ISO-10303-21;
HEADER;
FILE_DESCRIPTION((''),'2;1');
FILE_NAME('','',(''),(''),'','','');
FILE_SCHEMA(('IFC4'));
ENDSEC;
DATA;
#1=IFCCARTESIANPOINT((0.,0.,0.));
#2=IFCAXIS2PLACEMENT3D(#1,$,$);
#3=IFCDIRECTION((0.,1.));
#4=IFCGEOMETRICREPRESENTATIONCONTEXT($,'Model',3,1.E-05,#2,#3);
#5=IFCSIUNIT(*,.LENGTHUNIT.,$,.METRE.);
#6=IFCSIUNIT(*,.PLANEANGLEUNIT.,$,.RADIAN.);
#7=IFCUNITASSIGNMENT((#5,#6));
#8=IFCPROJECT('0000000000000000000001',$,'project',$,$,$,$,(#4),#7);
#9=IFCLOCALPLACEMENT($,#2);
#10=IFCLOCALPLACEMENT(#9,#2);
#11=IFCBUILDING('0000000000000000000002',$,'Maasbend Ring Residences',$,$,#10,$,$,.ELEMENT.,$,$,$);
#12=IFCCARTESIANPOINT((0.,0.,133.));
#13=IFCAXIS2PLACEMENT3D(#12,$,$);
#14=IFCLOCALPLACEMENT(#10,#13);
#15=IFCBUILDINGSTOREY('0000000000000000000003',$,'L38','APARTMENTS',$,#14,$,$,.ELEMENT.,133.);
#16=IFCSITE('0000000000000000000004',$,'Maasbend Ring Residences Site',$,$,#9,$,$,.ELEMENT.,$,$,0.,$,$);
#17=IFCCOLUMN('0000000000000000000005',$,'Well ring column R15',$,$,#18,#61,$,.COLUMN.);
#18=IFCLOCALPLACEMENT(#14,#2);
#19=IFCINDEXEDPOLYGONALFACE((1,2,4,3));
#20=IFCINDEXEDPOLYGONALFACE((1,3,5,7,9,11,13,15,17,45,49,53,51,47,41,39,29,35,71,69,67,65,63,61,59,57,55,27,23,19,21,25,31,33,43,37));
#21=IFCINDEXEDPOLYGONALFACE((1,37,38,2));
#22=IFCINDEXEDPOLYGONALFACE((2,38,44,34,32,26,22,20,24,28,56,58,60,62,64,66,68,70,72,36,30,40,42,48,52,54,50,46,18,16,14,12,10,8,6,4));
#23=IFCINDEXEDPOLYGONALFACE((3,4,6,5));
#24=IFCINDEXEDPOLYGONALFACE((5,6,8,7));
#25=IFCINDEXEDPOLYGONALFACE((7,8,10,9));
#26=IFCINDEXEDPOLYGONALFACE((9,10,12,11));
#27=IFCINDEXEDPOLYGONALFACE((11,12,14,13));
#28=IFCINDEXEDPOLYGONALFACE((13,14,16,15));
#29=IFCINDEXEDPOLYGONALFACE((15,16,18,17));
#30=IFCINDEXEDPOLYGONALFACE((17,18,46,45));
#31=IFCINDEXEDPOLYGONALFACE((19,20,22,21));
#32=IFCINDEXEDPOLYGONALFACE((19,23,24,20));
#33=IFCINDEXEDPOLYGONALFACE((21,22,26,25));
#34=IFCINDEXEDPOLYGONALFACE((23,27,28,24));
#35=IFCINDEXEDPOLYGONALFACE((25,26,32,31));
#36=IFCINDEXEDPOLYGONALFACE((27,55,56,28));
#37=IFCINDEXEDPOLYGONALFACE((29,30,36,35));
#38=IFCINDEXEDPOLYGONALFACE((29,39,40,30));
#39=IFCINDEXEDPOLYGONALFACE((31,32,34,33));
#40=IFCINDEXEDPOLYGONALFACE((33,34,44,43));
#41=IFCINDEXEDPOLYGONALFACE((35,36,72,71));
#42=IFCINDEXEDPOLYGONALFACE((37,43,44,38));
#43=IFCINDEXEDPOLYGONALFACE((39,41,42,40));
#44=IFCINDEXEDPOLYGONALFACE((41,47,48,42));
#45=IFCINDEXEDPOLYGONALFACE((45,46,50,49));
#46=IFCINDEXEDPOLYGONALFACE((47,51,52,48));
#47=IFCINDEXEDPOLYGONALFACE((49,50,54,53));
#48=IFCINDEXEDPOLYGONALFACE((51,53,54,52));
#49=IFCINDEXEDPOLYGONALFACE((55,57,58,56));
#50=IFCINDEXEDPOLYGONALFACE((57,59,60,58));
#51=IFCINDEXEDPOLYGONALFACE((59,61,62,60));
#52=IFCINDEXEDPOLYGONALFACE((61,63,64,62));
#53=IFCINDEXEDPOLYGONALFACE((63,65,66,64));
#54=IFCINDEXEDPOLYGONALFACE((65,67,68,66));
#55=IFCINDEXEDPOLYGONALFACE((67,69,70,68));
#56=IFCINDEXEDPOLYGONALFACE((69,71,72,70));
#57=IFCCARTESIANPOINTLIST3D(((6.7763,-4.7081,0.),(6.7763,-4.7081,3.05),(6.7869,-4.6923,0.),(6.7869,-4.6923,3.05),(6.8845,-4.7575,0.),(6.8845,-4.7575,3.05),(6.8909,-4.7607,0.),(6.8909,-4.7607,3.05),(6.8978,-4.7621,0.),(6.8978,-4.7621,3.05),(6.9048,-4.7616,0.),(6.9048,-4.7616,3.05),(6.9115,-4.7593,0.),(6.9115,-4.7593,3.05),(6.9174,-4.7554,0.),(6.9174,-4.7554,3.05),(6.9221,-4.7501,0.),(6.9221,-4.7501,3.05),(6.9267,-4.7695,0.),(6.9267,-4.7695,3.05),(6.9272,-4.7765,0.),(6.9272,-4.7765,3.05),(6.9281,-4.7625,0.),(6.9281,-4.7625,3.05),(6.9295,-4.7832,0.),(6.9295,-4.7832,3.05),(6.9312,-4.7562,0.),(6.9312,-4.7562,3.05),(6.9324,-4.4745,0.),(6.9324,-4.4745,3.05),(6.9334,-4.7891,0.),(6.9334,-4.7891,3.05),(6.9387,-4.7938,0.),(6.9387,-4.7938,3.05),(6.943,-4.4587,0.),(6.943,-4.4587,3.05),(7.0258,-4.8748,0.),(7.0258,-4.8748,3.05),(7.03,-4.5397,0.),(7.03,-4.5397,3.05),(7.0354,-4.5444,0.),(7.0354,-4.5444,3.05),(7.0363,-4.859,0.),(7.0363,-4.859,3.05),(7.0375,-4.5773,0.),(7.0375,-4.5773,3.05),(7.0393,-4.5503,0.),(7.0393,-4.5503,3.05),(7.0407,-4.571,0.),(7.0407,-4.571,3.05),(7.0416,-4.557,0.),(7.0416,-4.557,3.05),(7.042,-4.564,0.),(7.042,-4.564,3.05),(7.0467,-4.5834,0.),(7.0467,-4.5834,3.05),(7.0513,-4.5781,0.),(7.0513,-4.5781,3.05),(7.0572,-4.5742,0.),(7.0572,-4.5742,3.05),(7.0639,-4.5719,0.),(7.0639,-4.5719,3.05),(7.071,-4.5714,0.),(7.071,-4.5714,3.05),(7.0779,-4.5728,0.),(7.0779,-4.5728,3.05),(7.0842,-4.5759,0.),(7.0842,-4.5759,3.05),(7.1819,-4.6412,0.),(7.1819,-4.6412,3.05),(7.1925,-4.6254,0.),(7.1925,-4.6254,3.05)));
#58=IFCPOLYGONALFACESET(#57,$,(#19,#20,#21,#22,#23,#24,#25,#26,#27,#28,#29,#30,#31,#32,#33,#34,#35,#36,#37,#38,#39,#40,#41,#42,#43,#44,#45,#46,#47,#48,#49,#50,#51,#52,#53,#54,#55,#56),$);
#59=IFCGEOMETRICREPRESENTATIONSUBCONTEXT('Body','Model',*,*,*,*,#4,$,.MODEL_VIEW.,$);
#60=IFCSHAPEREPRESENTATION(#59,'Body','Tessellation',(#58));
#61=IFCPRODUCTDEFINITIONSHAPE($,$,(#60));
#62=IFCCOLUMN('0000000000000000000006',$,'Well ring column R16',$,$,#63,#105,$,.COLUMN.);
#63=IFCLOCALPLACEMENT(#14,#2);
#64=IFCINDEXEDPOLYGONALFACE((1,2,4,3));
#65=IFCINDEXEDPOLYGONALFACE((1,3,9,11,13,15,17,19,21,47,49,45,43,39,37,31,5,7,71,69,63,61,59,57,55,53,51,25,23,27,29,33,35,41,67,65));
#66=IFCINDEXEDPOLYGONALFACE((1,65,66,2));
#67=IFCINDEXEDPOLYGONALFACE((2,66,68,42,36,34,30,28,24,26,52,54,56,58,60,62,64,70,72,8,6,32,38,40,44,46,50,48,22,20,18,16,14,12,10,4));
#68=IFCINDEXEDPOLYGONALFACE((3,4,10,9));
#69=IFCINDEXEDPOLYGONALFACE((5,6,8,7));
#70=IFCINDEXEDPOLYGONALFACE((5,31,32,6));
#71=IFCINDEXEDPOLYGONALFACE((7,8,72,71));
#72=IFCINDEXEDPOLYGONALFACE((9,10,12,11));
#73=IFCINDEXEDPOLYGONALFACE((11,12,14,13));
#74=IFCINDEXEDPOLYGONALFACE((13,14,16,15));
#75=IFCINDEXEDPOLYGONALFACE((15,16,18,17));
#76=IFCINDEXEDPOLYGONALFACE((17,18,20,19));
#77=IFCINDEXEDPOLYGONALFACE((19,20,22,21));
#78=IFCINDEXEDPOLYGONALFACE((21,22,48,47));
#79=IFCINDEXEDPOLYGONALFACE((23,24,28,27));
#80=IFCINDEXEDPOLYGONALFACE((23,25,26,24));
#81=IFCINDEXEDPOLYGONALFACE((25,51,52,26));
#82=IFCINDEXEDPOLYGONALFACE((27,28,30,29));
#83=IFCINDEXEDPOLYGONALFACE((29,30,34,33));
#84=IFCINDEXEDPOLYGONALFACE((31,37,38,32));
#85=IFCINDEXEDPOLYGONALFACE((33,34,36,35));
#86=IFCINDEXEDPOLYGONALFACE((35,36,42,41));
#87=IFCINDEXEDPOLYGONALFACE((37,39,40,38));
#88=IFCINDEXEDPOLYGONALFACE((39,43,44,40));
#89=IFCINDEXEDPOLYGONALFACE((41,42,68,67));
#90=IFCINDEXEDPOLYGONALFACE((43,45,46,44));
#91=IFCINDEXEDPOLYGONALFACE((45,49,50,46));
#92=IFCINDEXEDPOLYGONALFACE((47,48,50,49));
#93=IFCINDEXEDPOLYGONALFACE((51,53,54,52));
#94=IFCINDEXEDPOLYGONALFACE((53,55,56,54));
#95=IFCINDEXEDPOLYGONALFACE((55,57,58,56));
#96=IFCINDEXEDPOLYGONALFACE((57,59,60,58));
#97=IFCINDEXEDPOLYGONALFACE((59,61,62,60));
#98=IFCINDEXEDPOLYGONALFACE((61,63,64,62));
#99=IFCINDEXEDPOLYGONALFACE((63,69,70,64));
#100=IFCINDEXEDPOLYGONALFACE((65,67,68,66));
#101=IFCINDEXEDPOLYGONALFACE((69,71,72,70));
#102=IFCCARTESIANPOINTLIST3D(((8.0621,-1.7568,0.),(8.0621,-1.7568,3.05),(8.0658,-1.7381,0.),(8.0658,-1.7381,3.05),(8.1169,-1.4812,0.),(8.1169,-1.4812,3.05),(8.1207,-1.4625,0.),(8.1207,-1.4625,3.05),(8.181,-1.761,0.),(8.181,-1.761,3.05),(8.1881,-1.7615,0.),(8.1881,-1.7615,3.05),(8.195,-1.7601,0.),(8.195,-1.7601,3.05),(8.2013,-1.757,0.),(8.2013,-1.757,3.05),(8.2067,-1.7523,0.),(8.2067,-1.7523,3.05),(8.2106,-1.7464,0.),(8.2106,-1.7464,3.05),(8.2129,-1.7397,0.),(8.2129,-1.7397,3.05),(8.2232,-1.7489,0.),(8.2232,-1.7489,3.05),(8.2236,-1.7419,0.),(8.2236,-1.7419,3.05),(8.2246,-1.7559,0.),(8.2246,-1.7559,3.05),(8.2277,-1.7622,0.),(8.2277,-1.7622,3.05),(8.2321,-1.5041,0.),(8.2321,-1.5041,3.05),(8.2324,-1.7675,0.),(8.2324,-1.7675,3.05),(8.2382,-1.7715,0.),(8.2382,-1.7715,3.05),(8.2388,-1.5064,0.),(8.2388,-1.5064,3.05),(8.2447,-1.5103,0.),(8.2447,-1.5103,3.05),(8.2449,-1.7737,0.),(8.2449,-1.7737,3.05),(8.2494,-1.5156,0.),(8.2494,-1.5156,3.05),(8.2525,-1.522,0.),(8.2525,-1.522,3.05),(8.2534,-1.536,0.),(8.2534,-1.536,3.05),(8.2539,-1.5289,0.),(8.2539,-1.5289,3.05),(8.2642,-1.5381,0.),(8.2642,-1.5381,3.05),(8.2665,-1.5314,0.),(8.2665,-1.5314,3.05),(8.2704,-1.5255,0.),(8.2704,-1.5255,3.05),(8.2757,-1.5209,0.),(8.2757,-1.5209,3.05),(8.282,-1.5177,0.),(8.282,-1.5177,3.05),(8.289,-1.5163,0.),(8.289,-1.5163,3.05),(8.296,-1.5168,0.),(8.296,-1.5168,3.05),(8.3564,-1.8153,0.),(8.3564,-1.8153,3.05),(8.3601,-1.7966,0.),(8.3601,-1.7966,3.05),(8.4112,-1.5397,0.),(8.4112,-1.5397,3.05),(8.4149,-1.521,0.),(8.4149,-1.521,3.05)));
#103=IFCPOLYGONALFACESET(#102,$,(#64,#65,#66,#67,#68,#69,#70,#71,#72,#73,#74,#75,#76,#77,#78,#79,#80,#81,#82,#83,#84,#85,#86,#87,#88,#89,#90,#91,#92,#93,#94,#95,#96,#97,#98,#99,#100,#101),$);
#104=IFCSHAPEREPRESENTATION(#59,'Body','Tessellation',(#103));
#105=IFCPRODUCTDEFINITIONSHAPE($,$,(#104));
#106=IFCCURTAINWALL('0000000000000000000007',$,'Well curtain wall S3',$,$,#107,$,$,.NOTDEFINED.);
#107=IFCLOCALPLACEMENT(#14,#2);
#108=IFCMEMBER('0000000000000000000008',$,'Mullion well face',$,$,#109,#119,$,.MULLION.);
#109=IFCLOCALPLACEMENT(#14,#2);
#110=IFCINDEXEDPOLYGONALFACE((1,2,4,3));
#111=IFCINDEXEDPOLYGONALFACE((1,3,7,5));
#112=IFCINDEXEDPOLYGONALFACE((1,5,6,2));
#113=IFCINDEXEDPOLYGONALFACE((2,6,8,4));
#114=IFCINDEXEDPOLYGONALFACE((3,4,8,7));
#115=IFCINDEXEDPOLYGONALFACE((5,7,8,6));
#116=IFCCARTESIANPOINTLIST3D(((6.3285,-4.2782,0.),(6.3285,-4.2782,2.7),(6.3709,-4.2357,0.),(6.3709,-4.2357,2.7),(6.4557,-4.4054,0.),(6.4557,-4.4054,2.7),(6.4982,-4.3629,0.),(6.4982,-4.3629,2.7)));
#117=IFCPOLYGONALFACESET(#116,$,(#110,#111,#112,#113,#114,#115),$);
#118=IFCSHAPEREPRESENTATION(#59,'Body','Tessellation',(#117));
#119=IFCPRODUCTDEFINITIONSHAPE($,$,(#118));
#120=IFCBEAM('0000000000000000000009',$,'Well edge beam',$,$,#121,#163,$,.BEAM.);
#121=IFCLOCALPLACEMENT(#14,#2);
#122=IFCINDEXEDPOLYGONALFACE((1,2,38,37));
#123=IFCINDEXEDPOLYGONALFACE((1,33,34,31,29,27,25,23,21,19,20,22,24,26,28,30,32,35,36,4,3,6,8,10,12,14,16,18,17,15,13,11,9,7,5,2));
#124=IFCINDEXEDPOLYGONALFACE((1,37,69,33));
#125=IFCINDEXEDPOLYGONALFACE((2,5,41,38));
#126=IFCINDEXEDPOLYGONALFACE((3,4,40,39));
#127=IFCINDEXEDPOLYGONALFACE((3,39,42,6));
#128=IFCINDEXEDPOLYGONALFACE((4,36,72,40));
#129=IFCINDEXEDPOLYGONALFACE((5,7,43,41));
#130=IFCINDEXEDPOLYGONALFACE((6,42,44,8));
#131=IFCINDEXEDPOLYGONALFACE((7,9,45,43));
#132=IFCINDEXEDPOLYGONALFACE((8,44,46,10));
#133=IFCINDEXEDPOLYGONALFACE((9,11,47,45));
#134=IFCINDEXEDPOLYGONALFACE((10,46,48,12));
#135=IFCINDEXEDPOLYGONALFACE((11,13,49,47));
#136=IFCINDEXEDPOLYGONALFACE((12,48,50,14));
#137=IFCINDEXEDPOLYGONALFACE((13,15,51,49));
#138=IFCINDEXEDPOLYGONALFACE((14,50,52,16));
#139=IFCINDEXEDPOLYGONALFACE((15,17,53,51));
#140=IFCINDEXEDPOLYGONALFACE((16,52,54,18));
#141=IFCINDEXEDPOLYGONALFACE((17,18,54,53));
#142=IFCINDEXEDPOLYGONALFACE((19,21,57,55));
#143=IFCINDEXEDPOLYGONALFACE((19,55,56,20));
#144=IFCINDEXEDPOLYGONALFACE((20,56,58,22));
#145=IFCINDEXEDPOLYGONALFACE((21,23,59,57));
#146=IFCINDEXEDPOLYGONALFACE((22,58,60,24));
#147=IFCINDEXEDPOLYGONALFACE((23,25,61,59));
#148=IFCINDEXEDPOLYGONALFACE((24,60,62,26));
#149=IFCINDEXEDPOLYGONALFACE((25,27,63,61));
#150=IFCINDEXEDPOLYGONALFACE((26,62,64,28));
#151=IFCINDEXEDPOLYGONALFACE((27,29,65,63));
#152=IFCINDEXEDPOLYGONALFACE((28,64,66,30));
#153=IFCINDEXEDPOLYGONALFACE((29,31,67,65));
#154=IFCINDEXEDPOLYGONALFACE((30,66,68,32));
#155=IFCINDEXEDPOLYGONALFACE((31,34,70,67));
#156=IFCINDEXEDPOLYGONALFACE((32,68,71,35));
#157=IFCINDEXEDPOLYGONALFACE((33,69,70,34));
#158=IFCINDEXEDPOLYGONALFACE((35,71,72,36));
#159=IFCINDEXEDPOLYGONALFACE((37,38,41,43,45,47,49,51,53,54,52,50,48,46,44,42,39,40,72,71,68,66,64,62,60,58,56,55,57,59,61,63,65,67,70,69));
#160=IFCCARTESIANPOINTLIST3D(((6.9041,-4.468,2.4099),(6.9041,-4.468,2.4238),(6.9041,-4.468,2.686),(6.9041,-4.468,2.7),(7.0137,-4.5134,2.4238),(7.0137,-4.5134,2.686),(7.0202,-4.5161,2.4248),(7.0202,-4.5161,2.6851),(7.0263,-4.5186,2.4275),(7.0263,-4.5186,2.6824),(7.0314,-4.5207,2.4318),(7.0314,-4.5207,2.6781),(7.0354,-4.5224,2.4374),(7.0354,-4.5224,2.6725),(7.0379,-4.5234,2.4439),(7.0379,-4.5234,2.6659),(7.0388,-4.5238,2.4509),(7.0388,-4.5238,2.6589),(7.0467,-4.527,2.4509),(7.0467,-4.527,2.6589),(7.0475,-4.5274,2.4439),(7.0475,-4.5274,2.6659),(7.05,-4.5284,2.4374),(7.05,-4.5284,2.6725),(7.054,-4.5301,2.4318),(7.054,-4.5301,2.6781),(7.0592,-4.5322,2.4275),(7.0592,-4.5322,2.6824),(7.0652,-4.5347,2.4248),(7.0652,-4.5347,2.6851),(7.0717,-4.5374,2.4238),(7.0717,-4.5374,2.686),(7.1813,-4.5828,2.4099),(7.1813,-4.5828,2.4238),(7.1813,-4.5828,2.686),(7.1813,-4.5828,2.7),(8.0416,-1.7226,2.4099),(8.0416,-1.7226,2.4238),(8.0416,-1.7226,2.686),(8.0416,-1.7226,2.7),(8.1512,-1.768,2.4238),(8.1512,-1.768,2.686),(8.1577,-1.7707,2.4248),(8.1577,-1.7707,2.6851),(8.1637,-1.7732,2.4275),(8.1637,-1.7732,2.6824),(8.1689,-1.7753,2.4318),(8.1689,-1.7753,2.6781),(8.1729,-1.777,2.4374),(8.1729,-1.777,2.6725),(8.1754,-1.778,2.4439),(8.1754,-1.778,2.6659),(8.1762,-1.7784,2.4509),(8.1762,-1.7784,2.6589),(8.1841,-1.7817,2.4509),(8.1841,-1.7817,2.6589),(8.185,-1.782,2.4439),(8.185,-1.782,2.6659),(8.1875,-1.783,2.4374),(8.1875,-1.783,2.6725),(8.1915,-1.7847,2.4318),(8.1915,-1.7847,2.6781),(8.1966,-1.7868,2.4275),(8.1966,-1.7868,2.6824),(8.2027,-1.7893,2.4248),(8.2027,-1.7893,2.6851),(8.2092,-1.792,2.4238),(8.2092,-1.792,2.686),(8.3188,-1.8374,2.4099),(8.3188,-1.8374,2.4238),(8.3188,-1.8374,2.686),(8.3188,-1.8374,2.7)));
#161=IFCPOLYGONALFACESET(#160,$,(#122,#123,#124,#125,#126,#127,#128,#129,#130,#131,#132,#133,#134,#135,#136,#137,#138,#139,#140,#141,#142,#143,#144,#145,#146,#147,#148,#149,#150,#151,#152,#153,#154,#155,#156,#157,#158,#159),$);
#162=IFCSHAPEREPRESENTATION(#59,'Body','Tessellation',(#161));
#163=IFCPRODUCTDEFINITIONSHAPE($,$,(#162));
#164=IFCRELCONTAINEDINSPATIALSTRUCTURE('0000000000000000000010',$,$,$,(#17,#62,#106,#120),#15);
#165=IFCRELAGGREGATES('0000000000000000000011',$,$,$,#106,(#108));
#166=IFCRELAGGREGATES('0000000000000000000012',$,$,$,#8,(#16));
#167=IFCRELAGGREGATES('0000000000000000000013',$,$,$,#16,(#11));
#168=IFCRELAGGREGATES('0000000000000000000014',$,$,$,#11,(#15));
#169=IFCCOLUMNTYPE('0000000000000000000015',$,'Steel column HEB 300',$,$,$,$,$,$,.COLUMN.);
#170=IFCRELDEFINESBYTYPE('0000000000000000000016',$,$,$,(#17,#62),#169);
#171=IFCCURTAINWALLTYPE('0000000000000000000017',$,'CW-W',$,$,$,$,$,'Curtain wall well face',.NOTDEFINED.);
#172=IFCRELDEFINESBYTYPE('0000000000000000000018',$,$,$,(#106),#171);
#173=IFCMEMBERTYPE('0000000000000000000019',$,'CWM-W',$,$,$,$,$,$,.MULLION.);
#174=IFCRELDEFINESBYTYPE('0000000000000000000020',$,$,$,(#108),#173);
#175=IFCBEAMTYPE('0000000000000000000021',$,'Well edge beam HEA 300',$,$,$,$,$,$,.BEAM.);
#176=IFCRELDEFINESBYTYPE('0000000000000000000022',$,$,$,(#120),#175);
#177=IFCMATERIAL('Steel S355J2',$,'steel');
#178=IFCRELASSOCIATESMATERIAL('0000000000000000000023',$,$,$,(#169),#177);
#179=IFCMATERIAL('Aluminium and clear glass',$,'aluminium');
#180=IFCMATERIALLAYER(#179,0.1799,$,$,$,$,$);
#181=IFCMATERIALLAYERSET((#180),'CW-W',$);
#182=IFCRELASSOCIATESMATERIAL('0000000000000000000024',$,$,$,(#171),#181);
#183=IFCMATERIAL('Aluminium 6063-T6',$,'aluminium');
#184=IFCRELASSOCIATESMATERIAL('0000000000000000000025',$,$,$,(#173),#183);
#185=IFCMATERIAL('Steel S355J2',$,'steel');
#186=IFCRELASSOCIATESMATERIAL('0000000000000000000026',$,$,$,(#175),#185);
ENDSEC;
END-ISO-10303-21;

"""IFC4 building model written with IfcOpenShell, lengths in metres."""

from ifc_helpers import new_model, si_unit, direction, frame, origin, origin_2d, place, context, subcontext, project, spatial, rectangle, i_section, extrude, material, layer, layer_set, material_profile, profile_set, type_object, element, aggregate, save


model = new_model("IFC4")

# Units and contexts
model_context = context("Model", 3, precision=1e-05, world=origin(), true_north=direction((0.0, 1.0)))
body_context = subcontext(model_context, "Body", "Model", "MODEL_VIEW")
ifc_project = project(units=[si_unit("LENGTHUNIT", "METRE"), si_unit("PLANEANGLEUNIT", "RADIAN")], contexts=[model_context])

# Site, building, storey
site_placement = place(None, origin())
site = spatial("IfcSite", under=ifc_project, at=site_placement, Name="Maasbend Ring Residences Site", CompositionType="ELEMENT", RefElevation=0.0)
building_placement = place(site_placement, origin())
building = spatial("IfcBuilding", under=site, at=building_placement, Name="Maasbend Ring Residences", CompositionType="ELEMENT")
storey_placement = place(building_placement, frame((0.0, 0.0, 133.0)))
storey = spatial("IfcBuildingStorey", under=building, at=storey_placement, Name="L38", Description="APARTMENTS", CompositionType="ELEMENT", Elevation=133.0)

# Columns
ifc_material_1 = material(Name="Steel S355J2", Category="steel")
ifc_material_profile_1 = material_profile(ifc_material_1, i_section(OverallWidth=0.3, OverallDepth=0.3, WebThickness=0.011, FlangeThickness=0.019, FilletRadius=0.0271, at=origin_2d()), Name="HEB 300")
ifc_profile_set_1 = profile_set([ifc_material_profile_1], Name="Steel S355J2")
column_type = type_object("IfcColumnType", Name="Steel column HEB 300", PredefinedType="COLUMN", material=ifc_profile_set_1)
for number, where, z_axis, x_axis, name in (
    (1, (6.9844, -4.6667, 0.0), (0.0, 0.0, 1.0), (0.83147, -0.55557, 0.0), "Well ring column R15"),
    (2, (8.2385, -1.6389, 0.0), (0.0, 0.0, 1.0), (0.980785, -0.19509, 0.0), "Well ring column R16"),
):
    element("IfcColumn", number, at=place(storey_placement, frame(where, z_axis=z_axis, x_axis=x_axis)), inside=storey, type_object=column_type, Name=name, PredefinedType="COLUMN", context=body_context, shape_type="SweptSolid", body=[
        extrude(i_section(OverallWidth=0.3, OverallDepth=0.3, WebThickness=0.011, FlangeThickness=0.019, FilletRadius=0.0271, at=origin_2d()), origin(), (0.0, 0.0, 1.0), 3.05),
    ])

# Curtain wall, member
ifc_material_2 = material(Name="Aluminium and clear glass", Category="aluminium")
ifc_layer_1 = layer(ifc_material_2, 0.1799)
ifc_layer_set_1 = layer_set([ifc_layer_1], Name="CW-W")
curtain_wall_type = type_object("IfcCurtainWallType", Name="CW-W", ElementType="Curtain wall well face", PredefinedType="NOTDEFINED", material=ifc_layer_set_1)
curtain_wall_placement = place(storey_placement, origin())
curtain_wall = element("IfcCurtainWall", 3, at=curtain_wall_placement, inside=storey, type_object=curtain_wall_type, Name="Well curtain wall S3", PredefinedType="NOTDEFINED")
ifc_material_3 = material(Name="Aluminium 6063-T6", Category="aluminium")
ifc_material_profile_2 = material_profile(ifc_material_3, rectangle(XDim=0.1799, YDim=0.0601, at=origin_2d()), Name="AL 180x60")
ifc_profile_set_2 = profile_set([ifc_material_profile_2], Name="Aluminium 6063-T6")
member_type = type_object("IfcMemberType", Name="CWM-W", PredefinedType="MULLION", material=ifc_profile_set_2)
member_placement = place(storey_placement, frame((6.4133, -4.3206, 0.0), z_axis=(0.0, 0.0, 1.0), x_axis=(-0.707107, 0.707107, 0.0)))
member = element("IfcMember", 4, at=member_placement, type_object=member_type, Name="Mullion well face", PredefinedType="MULLION", context=body_context, shape_type="SweptSolid", body=[
    extrude(rectangle(XDim=0.1799, YDim=0.0601, at=origin_2d()), origin(), (0.0, 0.0, 1.0), 2.7),
])
aggregate(curtain_wall, [member])

# Beam
ifc_material_4 = material(Name="Steel S355J2", Category="steel")
ifc_material_profile_3 = material_profile(ifc_material_4, i_section(OverallWidth=0.3, OverallDepth=0.29, WebThickness=0.0085, FlangeThickness=0.0139, FilletRadius=0.0271, at=origin_2d()), Name="HEA 300")
ifc_profile_set_3 = profile_set([ifc_material_profile_3], Name="Steel S355J2")
beam_type = type_object("IfcBeamType", Name="Well edge beam HEA 300", PredefinedType="BEAM", material=ifc_profile_set_3)
for number, where, z_axis, x_axis, name in (
    (5, (7.0427, -4.5254, 2.5549), (0.382765, 0.923846, 0.0), (-0.923846, 0.382765, 0.0), "Well edge beam"),
):
    element("IfcBeam", number, at=place(storey_placement, frame(where, z_axis=z_axis, x_axis=x_axis)), inside=storey, type_object=beam_type, Name=name, PredefinedType="BEAM", context=body_context, shape_type="SweptSolid", body=[
        extrude(i_section(OverallWidth=0.3, OverallDepth=0.29, WebThickness=0.0085, FlangeThickness=0.0139, FilletRadius=0.0271, at=origin_2d()), origin(), (0.0, 0.0, 1.0), 2.9717),
    ])

save(model, "model.ifc")
